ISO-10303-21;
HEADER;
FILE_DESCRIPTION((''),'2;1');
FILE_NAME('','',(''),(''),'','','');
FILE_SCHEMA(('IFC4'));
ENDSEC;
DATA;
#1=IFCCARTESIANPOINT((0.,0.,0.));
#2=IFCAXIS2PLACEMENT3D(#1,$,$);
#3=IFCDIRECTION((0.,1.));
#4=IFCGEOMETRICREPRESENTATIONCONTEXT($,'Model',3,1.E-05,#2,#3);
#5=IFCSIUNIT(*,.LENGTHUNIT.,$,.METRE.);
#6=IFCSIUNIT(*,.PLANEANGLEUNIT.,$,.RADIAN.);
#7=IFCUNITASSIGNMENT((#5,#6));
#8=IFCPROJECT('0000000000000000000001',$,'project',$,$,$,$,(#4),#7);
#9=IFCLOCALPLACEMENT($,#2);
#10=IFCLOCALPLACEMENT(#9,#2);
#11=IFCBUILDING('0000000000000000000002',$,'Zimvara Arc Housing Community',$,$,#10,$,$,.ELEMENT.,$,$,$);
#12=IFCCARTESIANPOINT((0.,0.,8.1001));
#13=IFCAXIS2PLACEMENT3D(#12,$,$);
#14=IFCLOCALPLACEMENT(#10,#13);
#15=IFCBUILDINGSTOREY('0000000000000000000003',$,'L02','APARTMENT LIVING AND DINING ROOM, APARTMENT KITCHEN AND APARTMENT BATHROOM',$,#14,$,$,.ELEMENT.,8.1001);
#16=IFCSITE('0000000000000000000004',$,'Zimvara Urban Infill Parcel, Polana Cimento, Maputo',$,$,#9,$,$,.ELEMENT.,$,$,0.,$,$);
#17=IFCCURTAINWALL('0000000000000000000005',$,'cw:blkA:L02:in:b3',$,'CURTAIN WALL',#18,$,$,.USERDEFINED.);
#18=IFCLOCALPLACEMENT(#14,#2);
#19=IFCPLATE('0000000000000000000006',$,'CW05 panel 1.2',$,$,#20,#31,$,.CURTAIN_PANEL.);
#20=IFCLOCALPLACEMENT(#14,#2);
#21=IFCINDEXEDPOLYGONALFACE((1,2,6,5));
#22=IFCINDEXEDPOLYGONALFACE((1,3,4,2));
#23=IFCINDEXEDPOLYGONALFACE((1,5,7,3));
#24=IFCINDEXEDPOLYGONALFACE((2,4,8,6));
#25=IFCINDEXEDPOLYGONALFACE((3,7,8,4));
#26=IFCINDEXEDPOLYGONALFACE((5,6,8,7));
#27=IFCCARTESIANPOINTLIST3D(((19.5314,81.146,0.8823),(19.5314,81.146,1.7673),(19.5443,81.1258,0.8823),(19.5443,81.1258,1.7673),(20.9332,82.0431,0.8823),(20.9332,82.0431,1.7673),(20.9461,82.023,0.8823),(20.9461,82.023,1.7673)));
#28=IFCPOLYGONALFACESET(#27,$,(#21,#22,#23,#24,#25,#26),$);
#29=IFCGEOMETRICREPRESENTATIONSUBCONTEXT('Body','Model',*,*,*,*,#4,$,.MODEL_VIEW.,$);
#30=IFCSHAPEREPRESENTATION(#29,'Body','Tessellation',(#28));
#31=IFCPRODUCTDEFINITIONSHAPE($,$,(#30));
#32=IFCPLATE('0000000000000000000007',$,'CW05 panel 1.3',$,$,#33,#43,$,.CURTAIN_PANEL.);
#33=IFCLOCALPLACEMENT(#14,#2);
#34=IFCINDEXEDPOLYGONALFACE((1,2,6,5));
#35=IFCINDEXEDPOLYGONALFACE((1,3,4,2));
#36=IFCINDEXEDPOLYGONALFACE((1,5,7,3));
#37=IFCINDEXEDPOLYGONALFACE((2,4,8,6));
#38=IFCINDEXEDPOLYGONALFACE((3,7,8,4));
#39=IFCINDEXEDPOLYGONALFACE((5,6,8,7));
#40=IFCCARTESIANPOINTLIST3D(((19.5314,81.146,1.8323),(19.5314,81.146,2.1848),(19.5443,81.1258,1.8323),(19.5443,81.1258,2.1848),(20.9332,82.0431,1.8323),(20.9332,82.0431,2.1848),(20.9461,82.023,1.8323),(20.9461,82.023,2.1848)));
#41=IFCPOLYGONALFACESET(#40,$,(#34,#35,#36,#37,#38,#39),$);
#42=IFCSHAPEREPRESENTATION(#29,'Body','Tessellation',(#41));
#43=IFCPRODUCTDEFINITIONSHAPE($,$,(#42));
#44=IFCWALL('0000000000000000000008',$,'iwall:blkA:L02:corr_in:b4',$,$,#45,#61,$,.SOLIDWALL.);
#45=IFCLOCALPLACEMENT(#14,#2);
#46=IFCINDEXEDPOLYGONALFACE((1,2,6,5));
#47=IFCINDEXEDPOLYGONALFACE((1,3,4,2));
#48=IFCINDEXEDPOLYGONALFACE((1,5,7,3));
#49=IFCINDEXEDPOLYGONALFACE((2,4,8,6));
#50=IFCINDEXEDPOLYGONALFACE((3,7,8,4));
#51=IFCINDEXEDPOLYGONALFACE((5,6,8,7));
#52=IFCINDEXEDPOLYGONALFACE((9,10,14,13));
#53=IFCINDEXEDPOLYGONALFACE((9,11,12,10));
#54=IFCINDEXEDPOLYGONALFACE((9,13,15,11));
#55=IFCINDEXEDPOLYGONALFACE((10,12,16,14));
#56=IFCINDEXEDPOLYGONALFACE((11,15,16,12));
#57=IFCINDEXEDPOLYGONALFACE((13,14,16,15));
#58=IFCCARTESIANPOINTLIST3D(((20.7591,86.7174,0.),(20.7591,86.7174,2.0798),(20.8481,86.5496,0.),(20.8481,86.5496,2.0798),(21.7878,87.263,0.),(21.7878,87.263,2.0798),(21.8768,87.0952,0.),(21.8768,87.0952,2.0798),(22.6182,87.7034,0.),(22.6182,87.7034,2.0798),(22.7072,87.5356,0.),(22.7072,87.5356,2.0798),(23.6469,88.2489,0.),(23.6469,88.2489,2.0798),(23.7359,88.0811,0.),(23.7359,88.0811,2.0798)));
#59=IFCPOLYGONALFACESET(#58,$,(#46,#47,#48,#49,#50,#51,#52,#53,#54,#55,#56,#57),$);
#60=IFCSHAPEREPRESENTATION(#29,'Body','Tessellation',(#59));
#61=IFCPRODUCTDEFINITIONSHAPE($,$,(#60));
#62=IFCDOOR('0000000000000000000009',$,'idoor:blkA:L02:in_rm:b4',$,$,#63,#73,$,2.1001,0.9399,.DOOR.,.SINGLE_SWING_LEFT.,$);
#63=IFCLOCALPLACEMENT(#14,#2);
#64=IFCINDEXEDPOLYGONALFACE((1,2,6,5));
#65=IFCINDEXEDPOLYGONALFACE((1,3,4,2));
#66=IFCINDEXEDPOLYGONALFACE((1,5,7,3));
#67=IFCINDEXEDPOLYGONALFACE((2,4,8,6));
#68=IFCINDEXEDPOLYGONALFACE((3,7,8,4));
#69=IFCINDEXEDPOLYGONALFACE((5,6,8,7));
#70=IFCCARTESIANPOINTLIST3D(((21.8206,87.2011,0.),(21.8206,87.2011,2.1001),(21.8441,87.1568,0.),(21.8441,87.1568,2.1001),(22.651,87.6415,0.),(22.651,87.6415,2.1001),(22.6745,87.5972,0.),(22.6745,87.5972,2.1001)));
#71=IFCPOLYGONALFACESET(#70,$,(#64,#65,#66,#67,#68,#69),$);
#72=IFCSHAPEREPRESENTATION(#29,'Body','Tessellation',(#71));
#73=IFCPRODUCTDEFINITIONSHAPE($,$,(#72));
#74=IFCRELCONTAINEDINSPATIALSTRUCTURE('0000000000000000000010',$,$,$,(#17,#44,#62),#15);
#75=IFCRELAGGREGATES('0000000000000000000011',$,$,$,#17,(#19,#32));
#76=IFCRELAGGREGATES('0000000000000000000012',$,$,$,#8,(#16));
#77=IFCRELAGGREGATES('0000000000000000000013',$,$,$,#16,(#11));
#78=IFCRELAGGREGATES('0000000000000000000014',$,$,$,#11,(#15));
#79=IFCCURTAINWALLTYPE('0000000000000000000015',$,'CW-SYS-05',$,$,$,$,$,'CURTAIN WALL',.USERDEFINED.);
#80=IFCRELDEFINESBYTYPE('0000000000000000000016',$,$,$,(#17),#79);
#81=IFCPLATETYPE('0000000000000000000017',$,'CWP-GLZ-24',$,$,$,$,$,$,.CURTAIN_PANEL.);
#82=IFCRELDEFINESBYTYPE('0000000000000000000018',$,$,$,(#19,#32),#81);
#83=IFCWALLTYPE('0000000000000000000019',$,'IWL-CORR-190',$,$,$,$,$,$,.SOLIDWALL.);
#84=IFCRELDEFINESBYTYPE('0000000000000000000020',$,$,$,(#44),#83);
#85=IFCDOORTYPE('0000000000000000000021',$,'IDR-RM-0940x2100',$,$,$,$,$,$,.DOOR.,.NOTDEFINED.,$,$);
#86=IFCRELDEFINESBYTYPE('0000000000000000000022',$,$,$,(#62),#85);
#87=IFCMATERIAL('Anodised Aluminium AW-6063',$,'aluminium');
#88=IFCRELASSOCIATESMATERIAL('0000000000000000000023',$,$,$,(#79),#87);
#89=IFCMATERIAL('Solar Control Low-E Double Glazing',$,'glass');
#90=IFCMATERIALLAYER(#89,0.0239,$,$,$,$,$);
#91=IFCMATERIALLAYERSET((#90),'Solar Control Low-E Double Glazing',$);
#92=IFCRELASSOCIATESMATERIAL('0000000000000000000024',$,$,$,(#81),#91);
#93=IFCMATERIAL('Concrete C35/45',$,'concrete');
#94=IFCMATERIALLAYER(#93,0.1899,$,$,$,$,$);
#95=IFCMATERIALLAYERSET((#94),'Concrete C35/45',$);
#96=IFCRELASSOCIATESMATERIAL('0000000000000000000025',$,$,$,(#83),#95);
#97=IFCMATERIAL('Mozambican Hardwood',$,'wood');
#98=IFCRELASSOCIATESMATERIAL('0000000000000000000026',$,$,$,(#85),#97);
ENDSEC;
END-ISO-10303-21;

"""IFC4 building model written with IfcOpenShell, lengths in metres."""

from ifc_helpers import new_model, si_unit, direction, frame, frame_2d, origin, origin_2d, place, context, subcontext, project, spatial, rectangle, extrude, material, layer, layer_set, type_object, element, fill, aggregate, save


model = new_model("IFC4")

# Units and contexts
model_context = context("Model", 3, precision=1e-05, world=origin(), true_north=direction((0.0, 1.0)))
body_context = subcontext(model_context, "Body", "Model", "MODEL_VIEW")
ifc_project = project(units=[si_unit("LENGTHUNIT", "METRE"), si_unit("PLANEANGLEUNIT", "RADIAN")], contexts=[model_context])

# Site, building, storey
site_placement = place(None, origin())
site = spatial("IfcSite", under=ifc_project, at=site_placement, Name="Zimvara Urban Infill Parcel, Polana Cimento, Maputo", CompositionType="ELEMENT", RefElevation=0.0)
building_placement = place(site_placement, origin())
building = spatial("IfcBuilding", under=site, at=building_placement, Name="Zimvara Arc Housing Community", CompositionType="ELEMENT")
storey_placement = place(building_placement, frame((0.0, 0.0, 8.1001)))
storey = spatial("IfcBuildingStorey", under=building, at=storey_placement, Name="L02", Description="APARTMENT LIVING AND DINING ROOM, APARTMENT KITCHEN AND APARTMENT BATHROOM", CompositionType="ELEMENT", Elevation=8.1001)

# Curtain wall, plates
ifc_material_1 = material(Name="Anodised Aluminium AW-6063", Category="aluminium")
curtain_wall_type = type_object("IfcCurtainWallType", Name="CW-SYS-05", ElementType="CURTAIN WALL", PredefinedType="USERDEFINED", material=ifc_material_1)
curtain_wall_placement = place(storey_placement, origin())
curtain_wall = element("IfcCurtainWall", 1, at=curtain_wall_placement, inside=storey, type_object=curtain_wall_type, Name="cw:blkA:L02:in:b3", ObjectType="CURTAIN WALL", PredefinedType="USERDEFINED")
ifc_material_2 = material(Name="Solar Control Low-E Double Glazing", Category="glass")
ifc_layer_1 = layer(ifc_material_2, 0.0239)
ifc_layer_set_1 = layer_set([ifc_layer_1], Name="Solar Control Low-E Double Glazing")
plate_type = type_object("IfcPlateType", Name="CWP-GLZ-24", PredefinedType="CURTAIN_PANEL", material=ifc_layer_set_1)
plate_1_placement = place(storey_placement, frame((20.2388, 81.5845, 0.8823), z_axis=(0.0, 0.0, 1.0), x_axis=(0.842265, 0.539064, 0.0)))
plate_1 = element("IfcPlate", 2, at=plate_1_placement, type_object=plate_type, Name="CW05 panel 1.2", PredefinedType="CURTAIN_PANEL", context=body_context, shape_type="SweptSolid", body=[
    extrude(rectangle(XDim=1.6643, YDim=0.0239, at=origin_2d()), origin(), (0.0, 0.0, 1.0), 0.885),
])
plate_2_placement = place(storey_placement, frame((20.2388, 81.5845, 1.8323), z_axis=(0.0, 0.0, 1.0), x_axis=(0.842265, 0.539064, 0.0)))
plate_2 = element("IfcPlate", 3, at=plate_2_placement, type_object=plate_type, Name="CW05 panel 1.3", PredefinedType="CURTAIN_PANEL", context=body_context, shape_type="SweptSolid", body=[
    extrude(rectangle(XDim=1.6643, YDim=0.0239, at=origin_2d()), origin(), (0.0, 0.0, 1.0), 0.3525),
])
aggregate(curtain_wall, [plate_1, plate_2])

# Wall, opening, door
ifc_material_3 = material(Name="Concrete C35/45", Category="concrete")
ifc_layer_2 = layer(ifc_material_3, 0.1899)
ifc_layer_set_2 = layer_set([ifc_layer_2], Name="Concrete C35/45")
wall_type = type_object("IfcWallType", Name="IWL-CORR-190", PredefinedType="SOLIDWALL", material=ifc_layer_set_2)
wall_placement = place(storey_placement, frame((20.8037, 86.6335, 0.0), z_axis=(0.0, 0.0, 1.0), x_axis=(0.883444, 0.468536, 0.0)))
wall = element("IfcWall", 4, at=wall_placement, inside=storey, type_object=wall_type, Name="iwall:blkA:L02:corr_in:b4", PredefinedType="SOLIDWALL", context=body_context, shape_type="SweptSolid", body=[
    extrude(rectangle(XDim=3.2688, YDim=0.1899, at=frame_2d((1.6343, 0.0))), origin(), (0.0, 0.0, 1.0), 2.0798),
])
opening_placement = place(wall_placement, frame((1.1643, 0.0, 0.0)))
opening = element("IfcOpeningElement", 5, at=opening_placement, cuts=wall, PredefinedType="OPENING", context=body_context, shape_type="SweptSolid", body=[
    extrude(rectangle(XDim=0.9399, YDim=2.1001, at=frame_2d((0.47, 1.05))), frame((0.0, 0.105, 0.0), z_axis=(0.0, -1.0, 0.0), x_axis=(1.0, 0.0, 0.0)), (0.0, 0.0, 1.0), 0.21),
])
ifc_material_4 = material(Name="Mozambican Hardwood", Category="wood")
door_type = type_object("IfcDoorType", Name="IDR-RM-0940x2100", OperationType="NOTDEFINED", PredefinedType="DOOR", material=ifc_material_4)
door_placement = place(opening_placement, origin())
door = element("IfcDoor", 6, at=door_placement, inside=storey, type_object=door_type, Name="idoor:blkA:L02:in_rm:b4", OperationType="SINGLE_SWING_LEFT", OverallHeight=2.1001, OverallWidth=0.9399, PredefinedType="DOOR", context=body_context, shape_type="SweptSolid", body=[
    extrude(rectangle(XDim=0.9399, YDim=2.1001, at=frame_2d((0.47, 1.05))), frame((0.0, 0.0249, 0.0), z_axis=(0.0, -1.0, 0.0), x_axis=(1.0, 0.0, 0.0)), (0.0, 0.0, 1.0), 0.05),
])
fill(opening, door)

save(model, "model.ifc")
